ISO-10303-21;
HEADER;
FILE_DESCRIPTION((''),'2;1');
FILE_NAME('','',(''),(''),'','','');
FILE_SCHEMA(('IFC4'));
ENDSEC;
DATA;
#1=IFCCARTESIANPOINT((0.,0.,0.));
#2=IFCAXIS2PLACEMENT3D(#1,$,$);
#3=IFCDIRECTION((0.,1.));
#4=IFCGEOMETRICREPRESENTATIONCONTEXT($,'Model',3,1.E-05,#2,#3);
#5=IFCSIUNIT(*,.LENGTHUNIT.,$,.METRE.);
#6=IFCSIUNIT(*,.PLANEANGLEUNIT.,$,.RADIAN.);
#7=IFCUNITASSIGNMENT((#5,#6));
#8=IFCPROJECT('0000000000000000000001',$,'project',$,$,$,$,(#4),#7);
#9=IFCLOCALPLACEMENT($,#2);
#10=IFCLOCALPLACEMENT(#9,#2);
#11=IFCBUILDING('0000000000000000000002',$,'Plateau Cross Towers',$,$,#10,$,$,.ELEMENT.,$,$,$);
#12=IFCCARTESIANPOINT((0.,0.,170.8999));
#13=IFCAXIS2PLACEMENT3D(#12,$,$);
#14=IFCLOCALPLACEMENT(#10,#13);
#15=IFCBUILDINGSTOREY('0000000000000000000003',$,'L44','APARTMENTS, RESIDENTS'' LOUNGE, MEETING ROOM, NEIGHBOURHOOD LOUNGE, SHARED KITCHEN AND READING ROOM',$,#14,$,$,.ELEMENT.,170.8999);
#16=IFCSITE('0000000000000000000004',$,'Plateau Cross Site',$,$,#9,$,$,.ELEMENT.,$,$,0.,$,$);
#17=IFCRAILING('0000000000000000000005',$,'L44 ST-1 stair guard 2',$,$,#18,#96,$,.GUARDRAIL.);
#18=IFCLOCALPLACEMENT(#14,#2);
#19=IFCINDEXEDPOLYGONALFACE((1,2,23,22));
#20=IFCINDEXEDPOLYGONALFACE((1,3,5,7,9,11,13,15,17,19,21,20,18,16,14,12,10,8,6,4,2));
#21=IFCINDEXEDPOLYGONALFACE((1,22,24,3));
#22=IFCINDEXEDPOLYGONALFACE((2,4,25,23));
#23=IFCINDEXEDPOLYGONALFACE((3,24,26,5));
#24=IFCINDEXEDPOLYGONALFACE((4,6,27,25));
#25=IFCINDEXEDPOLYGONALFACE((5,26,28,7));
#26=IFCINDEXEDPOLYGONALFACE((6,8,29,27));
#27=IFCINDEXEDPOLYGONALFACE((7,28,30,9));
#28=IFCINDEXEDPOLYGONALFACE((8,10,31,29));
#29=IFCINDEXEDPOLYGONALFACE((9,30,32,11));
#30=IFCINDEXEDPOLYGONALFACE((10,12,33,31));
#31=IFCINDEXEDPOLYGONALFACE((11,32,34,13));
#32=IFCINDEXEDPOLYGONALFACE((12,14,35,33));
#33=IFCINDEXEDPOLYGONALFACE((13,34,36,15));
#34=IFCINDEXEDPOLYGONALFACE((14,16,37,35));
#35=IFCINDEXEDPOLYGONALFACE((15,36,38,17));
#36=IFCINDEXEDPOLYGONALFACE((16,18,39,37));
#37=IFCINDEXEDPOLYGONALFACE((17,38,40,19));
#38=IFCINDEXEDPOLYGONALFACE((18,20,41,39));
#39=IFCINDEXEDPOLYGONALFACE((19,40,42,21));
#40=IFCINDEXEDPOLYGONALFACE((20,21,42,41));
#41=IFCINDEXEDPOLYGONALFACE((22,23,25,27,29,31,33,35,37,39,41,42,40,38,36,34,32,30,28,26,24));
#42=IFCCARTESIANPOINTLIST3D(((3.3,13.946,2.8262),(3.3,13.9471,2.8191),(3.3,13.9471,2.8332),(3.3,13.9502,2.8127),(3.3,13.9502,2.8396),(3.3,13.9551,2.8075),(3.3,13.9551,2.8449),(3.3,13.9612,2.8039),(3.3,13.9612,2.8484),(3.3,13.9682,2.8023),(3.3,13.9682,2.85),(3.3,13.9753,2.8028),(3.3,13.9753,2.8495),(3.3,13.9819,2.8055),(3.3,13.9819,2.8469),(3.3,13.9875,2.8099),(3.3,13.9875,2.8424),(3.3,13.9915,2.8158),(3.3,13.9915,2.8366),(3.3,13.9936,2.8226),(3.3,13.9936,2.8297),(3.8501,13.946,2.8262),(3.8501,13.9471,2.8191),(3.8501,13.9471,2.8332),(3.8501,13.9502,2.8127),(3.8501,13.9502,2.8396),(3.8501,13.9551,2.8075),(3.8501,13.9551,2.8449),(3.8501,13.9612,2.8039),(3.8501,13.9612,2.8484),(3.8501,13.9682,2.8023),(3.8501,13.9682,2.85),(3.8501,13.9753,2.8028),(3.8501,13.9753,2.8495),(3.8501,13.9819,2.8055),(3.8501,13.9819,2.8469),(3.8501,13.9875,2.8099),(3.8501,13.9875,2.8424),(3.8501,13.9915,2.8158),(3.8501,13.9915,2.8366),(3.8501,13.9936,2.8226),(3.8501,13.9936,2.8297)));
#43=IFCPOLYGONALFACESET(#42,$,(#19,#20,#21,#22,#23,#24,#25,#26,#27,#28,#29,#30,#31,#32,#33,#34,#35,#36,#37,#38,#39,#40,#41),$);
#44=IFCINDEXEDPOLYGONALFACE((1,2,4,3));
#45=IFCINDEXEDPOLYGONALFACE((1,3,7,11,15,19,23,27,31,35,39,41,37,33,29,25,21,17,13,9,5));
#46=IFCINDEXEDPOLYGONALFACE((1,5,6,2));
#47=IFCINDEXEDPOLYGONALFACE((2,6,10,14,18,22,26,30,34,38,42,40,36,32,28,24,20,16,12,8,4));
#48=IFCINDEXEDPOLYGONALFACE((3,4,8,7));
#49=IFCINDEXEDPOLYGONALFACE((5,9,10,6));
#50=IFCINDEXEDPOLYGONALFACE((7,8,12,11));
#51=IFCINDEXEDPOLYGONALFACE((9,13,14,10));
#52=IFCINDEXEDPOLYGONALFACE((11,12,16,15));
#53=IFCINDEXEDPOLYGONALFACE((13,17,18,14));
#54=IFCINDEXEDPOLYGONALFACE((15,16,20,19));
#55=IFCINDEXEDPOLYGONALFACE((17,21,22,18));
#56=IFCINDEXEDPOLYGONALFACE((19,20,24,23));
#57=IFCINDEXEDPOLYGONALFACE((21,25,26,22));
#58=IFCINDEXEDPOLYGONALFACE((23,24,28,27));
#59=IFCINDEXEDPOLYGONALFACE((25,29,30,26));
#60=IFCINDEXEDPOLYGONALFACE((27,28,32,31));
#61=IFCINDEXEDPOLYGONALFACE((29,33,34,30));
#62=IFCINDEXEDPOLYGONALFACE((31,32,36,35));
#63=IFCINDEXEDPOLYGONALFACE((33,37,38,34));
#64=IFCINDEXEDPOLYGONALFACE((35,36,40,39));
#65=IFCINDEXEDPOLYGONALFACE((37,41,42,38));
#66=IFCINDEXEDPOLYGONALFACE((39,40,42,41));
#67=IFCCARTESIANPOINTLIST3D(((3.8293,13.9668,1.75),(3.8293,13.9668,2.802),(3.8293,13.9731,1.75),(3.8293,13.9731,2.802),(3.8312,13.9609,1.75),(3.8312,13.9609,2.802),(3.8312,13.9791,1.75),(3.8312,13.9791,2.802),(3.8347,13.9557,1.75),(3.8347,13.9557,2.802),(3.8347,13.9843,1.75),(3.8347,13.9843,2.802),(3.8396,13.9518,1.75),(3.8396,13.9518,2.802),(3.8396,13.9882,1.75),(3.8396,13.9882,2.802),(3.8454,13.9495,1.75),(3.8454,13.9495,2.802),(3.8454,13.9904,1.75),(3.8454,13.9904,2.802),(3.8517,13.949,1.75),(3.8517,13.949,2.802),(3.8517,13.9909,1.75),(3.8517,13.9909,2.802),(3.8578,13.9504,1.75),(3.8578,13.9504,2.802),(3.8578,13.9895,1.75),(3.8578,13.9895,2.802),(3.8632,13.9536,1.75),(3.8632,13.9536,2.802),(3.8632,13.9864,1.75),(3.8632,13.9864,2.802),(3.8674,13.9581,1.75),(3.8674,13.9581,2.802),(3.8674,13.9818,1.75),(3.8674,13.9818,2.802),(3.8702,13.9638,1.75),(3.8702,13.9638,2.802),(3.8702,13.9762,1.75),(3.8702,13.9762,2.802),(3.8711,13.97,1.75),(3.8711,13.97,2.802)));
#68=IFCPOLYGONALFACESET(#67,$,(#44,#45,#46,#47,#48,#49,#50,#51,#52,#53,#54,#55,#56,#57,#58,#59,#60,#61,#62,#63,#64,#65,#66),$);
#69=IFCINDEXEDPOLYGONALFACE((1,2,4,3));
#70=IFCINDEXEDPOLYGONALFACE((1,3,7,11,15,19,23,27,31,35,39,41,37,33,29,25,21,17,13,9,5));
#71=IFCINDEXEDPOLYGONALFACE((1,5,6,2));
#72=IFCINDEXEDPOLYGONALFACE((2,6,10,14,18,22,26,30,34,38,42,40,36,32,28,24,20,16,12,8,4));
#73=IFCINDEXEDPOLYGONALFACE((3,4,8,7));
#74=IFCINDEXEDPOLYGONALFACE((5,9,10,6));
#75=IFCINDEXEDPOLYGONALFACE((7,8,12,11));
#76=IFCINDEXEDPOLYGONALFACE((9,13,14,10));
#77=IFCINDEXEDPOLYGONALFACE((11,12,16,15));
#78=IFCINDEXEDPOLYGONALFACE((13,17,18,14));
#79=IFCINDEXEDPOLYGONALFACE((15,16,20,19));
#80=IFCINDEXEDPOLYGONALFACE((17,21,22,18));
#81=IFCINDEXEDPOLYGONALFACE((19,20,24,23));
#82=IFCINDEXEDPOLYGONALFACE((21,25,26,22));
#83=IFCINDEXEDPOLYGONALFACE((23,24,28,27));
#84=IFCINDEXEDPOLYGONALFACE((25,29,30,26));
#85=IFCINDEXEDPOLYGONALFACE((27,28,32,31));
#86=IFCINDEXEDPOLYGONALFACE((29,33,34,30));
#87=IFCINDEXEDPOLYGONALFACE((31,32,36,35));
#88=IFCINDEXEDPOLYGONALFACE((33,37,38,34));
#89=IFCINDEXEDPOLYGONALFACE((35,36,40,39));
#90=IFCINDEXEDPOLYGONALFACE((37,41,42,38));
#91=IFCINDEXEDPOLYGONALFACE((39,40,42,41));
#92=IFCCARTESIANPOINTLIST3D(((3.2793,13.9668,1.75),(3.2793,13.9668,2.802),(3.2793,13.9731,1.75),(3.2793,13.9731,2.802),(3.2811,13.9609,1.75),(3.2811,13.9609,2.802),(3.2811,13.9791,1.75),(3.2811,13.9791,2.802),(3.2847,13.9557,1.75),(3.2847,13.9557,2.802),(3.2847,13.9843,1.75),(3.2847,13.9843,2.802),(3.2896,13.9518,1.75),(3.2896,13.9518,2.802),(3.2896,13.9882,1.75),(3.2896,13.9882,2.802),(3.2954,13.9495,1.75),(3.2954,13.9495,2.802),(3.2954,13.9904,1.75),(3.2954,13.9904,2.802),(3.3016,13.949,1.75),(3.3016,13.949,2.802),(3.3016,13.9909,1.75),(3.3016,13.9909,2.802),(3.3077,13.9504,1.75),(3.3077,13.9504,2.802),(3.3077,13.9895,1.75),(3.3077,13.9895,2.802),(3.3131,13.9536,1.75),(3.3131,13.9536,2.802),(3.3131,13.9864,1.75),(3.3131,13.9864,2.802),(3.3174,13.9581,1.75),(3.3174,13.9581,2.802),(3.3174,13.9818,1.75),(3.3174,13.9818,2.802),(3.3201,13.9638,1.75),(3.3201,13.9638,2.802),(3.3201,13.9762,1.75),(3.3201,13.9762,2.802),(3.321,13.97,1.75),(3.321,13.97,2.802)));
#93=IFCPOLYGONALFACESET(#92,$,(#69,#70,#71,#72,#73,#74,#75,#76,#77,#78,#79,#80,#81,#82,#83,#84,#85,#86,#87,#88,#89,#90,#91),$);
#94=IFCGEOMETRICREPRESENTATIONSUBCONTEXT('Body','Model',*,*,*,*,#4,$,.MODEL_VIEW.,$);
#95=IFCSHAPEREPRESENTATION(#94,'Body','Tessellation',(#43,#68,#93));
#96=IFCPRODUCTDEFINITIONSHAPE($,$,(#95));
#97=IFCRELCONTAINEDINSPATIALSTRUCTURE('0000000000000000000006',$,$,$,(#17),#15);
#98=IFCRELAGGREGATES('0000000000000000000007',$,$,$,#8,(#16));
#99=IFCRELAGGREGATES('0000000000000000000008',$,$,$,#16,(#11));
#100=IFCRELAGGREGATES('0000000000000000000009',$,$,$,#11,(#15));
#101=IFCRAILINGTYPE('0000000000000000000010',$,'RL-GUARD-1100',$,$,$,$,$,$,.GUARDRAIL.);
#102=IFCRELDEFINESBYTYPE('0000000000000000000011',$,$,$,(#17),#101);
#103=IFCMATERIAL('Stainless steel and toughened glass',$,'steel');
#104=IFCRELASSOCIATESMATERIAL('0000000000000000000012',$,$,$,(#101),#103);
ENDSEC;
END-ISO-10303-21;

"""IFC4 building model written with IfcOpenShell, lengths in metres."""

from ifc_helpers import new_model, si_unit, direction, frame, origin, origin_2d, place, context, subcontext, project, spatial, circle, extrude, material, type_object, element, save


model = new_model("IFC4")

# Units and contexts
model_context = context("Model", 3, precision=1e-05, world=origin(), true_north=direction((0.0, 1.0)))
body_context = subcontext(model_context, "Body", "Model", "MODEL_VIEW")
ifc_project = project(units=[si_unit("LENGTHUNIT", "METRE"), si_unit("PLANEANGLEUNIT", "RADIAN")], contexts=[model_context])

# Site, building, storey
site_placement = place(None, origin())
site = spatial("IfcSite", under=ifc_project, at=site_placement, Name="Plateau Cross Site", CompositionType="ELEMENT", RefElevation=0.0)
building_placement = place(site_placement, origin())
building = spatial("IfcBuilding", under=site, at=building_placement, Name="Plateau Cross Towers", CompositionType="ELEMENT")
storey_placement = place(building_placement, frame((0.0, 0.0, 170.8999)))
storey = spatial("IfcBuildingStorey", under=building, at=storey_placement, Name="L44", Description="APARTMENTS, RESIDENTS' LOUNGE, MEETING ROOM, NEIGHBOURHOOD LOUNGE, SHARED KITCHEN AND READING ROOM", CompositionType="ELEMENT", Elevation=170.8999)

# Railing
ifc_material_1 = material(Name="Stainless steel and toughened glass", Category="steel")
railing_type = type_object("IfcRailingType", Name="RL-GUARD-1100", PredefinedType="GUARDRAIL", material=ifc_material_1)
railing_placement = place(storey_placement, frame((3.8501, 13.97, 1.75)))
element("IfcRailing", 1, at=railing_placement, inside=storey, type_object=railing_type, Name="L44 ST-1 stair guard 2", PredefinedType="GUARDRAIL", context=body_context, shape_type="SweptSolid", body=[
    extrude(circle(Radius=0.0239, at=origin_2d()), frame((0.0, 0.0, 1.0762), z_axis=(-1.0, 0.0, 0.0), x_axis=(0.0, -1.0, 0.0)), (0.0, 0.0, 1.0), 0.55),
    extrude(circle(Radius=0.021, at=origin_2d()), origin(), (0.0, 0.0, 1.0), 1.052),
    extrude(circle(Radius=0.021, at=origin_2d()), frame((-0.55, 0.0, 0.0)), (0.0, 0.0, 1.0), 1.052),
])

save(model, "model.ifc")
